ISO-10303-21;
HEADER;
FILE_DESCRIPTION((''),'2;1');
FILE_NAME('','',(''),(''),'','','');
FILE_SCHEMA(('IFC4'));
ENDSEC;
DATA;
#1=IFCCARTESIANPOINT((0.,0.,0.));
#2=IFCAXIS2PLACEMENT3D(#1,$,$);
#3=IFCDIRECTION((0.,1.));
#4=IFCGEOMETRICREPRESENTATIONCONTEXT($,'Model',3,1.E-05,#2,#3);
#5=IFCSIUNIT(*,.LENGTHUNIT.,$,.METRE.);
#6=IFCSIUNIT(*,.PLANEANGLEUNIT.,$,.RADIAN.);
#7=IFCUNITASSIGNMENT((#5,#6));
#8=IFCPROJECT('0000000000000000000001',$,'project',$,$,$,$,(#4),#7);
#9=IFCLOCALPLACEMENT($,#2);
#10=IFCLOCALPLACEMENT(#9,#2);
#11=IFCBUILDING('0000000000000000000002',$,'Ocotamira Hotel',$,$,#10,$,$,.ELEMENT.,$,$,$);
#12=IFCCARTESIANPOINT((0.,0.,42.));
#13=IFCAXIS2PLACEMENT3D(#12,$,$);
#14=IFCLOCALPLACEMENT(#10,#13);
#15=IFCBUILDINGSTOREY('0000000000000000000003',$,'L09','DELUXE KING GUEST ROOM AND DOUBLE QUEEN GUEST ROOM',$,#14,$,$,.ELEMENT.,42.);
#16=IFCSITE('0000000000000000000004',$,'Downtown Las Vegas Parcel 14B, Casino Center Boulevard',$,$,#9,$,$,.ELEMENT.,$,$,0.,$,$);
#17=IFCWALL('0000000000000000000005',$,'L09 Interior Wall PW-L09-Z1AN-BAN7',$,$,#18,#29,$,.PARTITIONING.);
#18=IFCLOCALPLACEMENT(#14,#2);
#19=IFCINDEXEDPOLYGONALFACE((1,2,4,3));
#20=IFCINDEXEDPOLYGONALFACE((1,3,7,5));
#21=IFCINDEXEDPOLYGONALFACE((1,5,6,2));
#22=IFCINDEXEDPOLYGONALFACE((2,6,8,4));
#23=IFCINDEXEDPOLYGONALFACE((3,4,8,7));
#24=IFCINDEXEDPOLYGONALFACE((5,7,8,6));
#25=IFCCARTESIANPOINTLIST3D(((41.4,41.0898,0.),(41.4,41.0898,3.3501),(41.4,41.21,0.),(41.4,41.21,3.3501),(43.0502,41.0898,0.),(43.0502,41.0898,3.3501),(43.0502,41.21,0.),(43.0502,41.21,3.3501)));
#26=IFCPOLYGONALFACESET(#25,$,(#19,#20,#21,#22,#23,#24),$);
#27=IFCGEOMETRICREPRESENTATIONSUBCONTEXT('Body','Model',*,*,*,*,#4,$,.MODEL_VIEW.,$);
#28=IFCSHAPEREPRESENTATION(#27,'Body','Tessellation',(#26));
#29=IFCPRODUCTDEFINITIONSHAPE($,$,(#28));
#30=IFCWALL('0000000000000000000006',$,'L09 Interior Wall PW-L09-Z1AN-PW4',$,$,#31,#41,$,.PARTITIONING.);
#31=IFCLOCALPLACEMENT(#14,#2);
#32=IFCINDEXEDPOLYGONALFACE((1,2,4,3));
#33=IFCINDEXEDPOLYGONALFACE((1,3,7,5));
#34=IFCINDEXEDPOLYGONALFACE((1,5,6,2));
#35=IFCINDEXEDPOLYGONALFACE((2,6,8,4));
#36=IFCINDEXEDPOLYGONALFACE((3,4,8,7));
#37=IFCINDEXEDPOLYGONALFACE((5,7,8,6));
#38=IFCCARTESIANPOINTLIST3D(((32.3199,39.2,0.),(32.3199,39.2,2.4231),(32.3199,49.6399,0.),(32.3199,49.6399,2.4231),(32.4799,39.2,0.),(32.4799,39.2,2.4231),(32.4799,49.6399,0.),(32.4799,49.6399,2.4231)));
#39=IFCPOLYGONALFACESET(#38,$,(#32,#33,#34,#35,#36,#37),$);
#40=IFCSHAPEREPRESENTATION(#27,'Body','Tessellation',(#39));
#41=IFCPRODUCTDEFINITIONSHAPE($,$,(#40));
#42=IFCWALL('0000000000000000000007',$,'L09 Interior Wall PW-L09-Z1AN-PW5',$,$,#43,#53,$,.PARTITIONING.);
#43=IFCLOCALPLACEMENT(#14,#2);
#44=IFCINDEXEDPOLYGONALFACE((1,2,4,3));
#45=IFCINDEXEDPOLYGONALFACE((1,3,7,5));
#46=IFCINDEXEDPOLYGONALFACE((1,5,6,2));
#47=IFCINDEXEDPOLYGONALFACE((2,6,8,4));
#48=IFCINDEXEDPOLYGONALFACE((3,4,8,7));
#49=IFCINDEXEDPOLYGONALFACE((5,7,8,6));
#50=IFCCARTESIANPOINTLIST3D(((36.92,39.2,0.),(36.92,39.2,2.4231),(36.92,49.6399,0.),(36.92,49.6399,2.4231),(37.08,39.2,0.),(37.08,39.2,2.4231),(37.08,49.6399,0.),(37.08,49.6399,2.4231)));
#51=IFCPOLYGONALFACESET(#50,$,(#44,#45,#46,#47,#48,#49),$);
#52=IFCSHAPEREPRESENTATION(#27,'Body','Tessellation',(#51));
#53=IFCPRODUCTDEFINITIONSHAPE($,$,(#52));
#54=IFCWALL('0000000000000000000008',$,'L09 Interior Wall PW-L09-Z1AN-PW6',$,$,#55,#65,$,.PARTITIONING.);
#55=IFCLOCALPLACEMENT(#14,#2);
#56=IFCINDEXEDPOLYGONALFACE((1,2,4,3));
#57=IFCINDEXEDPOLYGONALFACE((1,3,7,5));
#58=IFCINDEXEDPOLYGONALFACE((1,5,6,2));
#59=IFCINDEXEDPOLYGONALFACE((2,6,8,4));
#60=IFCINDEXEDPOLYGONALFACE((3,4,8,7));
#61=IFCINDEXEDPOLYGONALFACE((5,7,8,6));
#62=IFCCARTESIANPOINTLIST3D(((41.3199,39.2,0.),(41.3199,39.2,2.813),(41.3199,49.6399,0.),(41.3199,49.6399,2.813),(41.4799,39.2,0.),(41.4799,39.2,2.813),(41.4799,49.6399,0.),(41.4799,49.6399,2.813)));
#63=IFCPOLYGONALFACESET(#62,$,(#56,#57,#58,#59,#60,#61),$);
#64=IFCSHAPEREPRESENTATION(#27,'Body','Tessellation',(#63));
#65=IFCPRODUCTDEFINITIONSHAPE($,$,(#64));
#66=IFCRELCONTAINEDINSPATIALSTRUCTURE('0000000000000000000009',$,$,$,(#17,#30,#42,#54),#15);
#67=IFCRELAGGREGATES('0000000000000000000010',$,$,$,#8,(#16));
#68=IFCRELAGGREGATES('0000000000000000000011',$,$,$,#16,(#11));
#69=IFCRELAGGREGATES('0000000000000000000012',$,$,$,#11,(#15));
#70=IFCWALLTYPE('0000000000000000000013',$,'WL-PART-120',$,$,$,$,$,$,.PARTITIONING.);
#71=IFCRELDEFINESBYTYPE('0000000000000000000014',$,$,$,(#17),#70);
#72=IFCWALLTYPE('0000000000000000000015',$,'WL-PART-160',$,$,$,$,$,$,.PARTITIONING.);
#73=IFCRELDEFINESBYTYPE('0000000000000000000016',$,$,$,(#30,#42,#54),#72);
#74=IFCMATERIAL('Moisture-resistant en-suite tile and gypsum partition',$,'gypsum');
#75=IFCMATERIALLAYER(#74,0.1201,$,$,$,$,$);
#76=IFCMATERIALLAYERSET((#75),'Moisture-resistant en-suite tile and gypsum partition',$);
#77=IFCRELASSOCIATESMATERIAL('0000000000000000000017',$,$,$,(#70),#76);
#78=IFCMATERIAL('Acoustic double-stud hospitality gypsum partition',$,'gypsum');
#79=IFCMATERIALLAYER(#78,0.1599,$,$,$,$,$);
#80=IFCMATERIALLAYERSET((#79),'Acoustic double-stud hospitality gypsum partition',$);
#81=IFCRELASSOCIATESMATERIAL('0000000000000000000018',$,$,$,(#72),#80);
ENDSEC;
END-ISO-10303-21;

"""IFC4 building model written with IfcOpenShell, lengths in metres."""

from ifc_helpers import new_model, si_unit, direction, frame, frame_2d, origin, place, context, subcontext, project, spatial, rectangle, extrude, material, layer, layer_set, type_object, element, save


model = new_model("IFC4")

# Units and contexts
model_context = context("Model", 3, precision=1e-05, world=origin(), true_north=direction((0.0, 1.0)))
body_context = subcontext(model_context, "Body", "Model", "MODEL_VIEW")
ifc_project = project(units=[si_unit("LENGTHUNIT", "METRE"), si_unit("PLANEANGLEUNIT", "RADIAN")], contexts=[model_context])

# Site, building, storey
site_placement = place(None, origin())
site = spatial("IfcSite", under=ifc_project, at=site_placement, Name="Downtown Las Vegas Parcel 14B, Casino Center Boulevard", CompositionType="ELEMENT", RefElevation=0.0)
building_placement = place(site_placement, origin())
building = spatial("IfcBuilding", under=site, at=building_placement, Name="Ocotamira Hotel", CompositionType="ELEMENT")
storey_placement = place(building_placement, frame((0.0, 0.0, 42.0)))
storey = spatial("IfcBuildingStorey", under=building, at=storey_placement, Name="L09", Description="DELUXE KING GUEST ROOM AND DOUBLE QUEEN GUEST ROOM", CompositionType="ELEMENT", Elevation=42.0)

# Shared definitions
ifc_material_1 = material(Name="Moisture-resistant en-suite tile and gypsum partition", Category="gypsum")
ifc_layer_1 = layer(ifc_material_1, 0.1201)
ifc_layer_set_1 = layer_set([ifc_layer_1], Name="Moisture-resistant en-suite tile and gypsum partition")
wall_type_1 = type_object("IfcWallType", Name="WL-PART-120", PredefinedType="PARTITIONING", material=ifc_layer_set_1)

# Walls
wall_1_placement = place(storey_placement, frame((41.3999, 41.1499, 0.0), z_axis=(0.0, 0.0, 1.0), x_axis=(1.0, 0.0, 0.0)))
element("IfcWall", 1, at=wall_1_placement, inside=storey, type_object=wall_type_1, Name="L09 Interior Wall PW-L09-Z1AN-BAN7", PredefinedType="PARTITIONING", context=body_context, shape_type="SweptSolid", body=[
    extrude(rectangle(XDim=1.6501, YDim=0.1201, at=frame_2d((0.8252, 0.0))), origin(), (0.0, 0.0, 1.0), 3.3501),
])
ifc_material_2 = material(Name="Acoustic double-stud hospitality gypsum partition", Category="gypsum")
ifc_layer_2 = layer(ifc_material_2, 0.1599)
ifc_layer_set_2 = layer_set([ifc_layer_2], Name="Acoustic double-stud hospitality gypsum partition")
wall_type_2 = type_object("IfcWallType", Name="WL-PART-160", PredefinedType="PARTITIONING", material=ifc_layer_set_2)
for number, where, z_axis, x_axis, name in (
    (2, (32.3999, 39.2, 0.0), (0.0, 0.0, 1.0), (0.0, 1.0, 0.0), "L09 Interior Wall PW-L09-Z1AN-PW4"),
    (3, (37.0, 39.2, 0.0), (0.0, 0.0, 1.0), (0.0, 1.0, 0.0), "L09 Interior Wall PW-L09-Z1AN-PW5"),
):
    element("IfcWall", number, at=place(storey_placement, frame(where, z_axis=z_axis, x_axis=x_axis)), inside=storey, type_object=wall_type_2, Name=name, PredefinedType="PARTITIONING", context=body_context, shape_type="SweptSolid", body=[
        extrude(rectangle(XDim=10.4399, YDim=0.1599, at=frame_2d((5.22, 0.0))), origin(), (0.0, 0.0, 1.0), 2.4231),
    ])
wall_2_placement = place(storey_placement, frame((41.3999, 39.2, 0.0), z_axis=(0.0, 0.0, 1.0), x_axis=(0.0, 1.0, 0.0)))
element("IfcWall", 4, at=wall_2_placement, inside=storey, type_object=wall_type_2, Name="L09 Interior Wall PW-L09-Z1AN-PW6", PredefinedType="PARTITIONING", context=body_context, shape_type="SweptSolid", body=[
    extrude(rectangle(XDim=10.4399, YDim=0.1599, at=frame_2d((5.22, 0.0))), origin(), (0.0, 0.0, 1.0), 2.813),
])

save(model, "model.ifc")
